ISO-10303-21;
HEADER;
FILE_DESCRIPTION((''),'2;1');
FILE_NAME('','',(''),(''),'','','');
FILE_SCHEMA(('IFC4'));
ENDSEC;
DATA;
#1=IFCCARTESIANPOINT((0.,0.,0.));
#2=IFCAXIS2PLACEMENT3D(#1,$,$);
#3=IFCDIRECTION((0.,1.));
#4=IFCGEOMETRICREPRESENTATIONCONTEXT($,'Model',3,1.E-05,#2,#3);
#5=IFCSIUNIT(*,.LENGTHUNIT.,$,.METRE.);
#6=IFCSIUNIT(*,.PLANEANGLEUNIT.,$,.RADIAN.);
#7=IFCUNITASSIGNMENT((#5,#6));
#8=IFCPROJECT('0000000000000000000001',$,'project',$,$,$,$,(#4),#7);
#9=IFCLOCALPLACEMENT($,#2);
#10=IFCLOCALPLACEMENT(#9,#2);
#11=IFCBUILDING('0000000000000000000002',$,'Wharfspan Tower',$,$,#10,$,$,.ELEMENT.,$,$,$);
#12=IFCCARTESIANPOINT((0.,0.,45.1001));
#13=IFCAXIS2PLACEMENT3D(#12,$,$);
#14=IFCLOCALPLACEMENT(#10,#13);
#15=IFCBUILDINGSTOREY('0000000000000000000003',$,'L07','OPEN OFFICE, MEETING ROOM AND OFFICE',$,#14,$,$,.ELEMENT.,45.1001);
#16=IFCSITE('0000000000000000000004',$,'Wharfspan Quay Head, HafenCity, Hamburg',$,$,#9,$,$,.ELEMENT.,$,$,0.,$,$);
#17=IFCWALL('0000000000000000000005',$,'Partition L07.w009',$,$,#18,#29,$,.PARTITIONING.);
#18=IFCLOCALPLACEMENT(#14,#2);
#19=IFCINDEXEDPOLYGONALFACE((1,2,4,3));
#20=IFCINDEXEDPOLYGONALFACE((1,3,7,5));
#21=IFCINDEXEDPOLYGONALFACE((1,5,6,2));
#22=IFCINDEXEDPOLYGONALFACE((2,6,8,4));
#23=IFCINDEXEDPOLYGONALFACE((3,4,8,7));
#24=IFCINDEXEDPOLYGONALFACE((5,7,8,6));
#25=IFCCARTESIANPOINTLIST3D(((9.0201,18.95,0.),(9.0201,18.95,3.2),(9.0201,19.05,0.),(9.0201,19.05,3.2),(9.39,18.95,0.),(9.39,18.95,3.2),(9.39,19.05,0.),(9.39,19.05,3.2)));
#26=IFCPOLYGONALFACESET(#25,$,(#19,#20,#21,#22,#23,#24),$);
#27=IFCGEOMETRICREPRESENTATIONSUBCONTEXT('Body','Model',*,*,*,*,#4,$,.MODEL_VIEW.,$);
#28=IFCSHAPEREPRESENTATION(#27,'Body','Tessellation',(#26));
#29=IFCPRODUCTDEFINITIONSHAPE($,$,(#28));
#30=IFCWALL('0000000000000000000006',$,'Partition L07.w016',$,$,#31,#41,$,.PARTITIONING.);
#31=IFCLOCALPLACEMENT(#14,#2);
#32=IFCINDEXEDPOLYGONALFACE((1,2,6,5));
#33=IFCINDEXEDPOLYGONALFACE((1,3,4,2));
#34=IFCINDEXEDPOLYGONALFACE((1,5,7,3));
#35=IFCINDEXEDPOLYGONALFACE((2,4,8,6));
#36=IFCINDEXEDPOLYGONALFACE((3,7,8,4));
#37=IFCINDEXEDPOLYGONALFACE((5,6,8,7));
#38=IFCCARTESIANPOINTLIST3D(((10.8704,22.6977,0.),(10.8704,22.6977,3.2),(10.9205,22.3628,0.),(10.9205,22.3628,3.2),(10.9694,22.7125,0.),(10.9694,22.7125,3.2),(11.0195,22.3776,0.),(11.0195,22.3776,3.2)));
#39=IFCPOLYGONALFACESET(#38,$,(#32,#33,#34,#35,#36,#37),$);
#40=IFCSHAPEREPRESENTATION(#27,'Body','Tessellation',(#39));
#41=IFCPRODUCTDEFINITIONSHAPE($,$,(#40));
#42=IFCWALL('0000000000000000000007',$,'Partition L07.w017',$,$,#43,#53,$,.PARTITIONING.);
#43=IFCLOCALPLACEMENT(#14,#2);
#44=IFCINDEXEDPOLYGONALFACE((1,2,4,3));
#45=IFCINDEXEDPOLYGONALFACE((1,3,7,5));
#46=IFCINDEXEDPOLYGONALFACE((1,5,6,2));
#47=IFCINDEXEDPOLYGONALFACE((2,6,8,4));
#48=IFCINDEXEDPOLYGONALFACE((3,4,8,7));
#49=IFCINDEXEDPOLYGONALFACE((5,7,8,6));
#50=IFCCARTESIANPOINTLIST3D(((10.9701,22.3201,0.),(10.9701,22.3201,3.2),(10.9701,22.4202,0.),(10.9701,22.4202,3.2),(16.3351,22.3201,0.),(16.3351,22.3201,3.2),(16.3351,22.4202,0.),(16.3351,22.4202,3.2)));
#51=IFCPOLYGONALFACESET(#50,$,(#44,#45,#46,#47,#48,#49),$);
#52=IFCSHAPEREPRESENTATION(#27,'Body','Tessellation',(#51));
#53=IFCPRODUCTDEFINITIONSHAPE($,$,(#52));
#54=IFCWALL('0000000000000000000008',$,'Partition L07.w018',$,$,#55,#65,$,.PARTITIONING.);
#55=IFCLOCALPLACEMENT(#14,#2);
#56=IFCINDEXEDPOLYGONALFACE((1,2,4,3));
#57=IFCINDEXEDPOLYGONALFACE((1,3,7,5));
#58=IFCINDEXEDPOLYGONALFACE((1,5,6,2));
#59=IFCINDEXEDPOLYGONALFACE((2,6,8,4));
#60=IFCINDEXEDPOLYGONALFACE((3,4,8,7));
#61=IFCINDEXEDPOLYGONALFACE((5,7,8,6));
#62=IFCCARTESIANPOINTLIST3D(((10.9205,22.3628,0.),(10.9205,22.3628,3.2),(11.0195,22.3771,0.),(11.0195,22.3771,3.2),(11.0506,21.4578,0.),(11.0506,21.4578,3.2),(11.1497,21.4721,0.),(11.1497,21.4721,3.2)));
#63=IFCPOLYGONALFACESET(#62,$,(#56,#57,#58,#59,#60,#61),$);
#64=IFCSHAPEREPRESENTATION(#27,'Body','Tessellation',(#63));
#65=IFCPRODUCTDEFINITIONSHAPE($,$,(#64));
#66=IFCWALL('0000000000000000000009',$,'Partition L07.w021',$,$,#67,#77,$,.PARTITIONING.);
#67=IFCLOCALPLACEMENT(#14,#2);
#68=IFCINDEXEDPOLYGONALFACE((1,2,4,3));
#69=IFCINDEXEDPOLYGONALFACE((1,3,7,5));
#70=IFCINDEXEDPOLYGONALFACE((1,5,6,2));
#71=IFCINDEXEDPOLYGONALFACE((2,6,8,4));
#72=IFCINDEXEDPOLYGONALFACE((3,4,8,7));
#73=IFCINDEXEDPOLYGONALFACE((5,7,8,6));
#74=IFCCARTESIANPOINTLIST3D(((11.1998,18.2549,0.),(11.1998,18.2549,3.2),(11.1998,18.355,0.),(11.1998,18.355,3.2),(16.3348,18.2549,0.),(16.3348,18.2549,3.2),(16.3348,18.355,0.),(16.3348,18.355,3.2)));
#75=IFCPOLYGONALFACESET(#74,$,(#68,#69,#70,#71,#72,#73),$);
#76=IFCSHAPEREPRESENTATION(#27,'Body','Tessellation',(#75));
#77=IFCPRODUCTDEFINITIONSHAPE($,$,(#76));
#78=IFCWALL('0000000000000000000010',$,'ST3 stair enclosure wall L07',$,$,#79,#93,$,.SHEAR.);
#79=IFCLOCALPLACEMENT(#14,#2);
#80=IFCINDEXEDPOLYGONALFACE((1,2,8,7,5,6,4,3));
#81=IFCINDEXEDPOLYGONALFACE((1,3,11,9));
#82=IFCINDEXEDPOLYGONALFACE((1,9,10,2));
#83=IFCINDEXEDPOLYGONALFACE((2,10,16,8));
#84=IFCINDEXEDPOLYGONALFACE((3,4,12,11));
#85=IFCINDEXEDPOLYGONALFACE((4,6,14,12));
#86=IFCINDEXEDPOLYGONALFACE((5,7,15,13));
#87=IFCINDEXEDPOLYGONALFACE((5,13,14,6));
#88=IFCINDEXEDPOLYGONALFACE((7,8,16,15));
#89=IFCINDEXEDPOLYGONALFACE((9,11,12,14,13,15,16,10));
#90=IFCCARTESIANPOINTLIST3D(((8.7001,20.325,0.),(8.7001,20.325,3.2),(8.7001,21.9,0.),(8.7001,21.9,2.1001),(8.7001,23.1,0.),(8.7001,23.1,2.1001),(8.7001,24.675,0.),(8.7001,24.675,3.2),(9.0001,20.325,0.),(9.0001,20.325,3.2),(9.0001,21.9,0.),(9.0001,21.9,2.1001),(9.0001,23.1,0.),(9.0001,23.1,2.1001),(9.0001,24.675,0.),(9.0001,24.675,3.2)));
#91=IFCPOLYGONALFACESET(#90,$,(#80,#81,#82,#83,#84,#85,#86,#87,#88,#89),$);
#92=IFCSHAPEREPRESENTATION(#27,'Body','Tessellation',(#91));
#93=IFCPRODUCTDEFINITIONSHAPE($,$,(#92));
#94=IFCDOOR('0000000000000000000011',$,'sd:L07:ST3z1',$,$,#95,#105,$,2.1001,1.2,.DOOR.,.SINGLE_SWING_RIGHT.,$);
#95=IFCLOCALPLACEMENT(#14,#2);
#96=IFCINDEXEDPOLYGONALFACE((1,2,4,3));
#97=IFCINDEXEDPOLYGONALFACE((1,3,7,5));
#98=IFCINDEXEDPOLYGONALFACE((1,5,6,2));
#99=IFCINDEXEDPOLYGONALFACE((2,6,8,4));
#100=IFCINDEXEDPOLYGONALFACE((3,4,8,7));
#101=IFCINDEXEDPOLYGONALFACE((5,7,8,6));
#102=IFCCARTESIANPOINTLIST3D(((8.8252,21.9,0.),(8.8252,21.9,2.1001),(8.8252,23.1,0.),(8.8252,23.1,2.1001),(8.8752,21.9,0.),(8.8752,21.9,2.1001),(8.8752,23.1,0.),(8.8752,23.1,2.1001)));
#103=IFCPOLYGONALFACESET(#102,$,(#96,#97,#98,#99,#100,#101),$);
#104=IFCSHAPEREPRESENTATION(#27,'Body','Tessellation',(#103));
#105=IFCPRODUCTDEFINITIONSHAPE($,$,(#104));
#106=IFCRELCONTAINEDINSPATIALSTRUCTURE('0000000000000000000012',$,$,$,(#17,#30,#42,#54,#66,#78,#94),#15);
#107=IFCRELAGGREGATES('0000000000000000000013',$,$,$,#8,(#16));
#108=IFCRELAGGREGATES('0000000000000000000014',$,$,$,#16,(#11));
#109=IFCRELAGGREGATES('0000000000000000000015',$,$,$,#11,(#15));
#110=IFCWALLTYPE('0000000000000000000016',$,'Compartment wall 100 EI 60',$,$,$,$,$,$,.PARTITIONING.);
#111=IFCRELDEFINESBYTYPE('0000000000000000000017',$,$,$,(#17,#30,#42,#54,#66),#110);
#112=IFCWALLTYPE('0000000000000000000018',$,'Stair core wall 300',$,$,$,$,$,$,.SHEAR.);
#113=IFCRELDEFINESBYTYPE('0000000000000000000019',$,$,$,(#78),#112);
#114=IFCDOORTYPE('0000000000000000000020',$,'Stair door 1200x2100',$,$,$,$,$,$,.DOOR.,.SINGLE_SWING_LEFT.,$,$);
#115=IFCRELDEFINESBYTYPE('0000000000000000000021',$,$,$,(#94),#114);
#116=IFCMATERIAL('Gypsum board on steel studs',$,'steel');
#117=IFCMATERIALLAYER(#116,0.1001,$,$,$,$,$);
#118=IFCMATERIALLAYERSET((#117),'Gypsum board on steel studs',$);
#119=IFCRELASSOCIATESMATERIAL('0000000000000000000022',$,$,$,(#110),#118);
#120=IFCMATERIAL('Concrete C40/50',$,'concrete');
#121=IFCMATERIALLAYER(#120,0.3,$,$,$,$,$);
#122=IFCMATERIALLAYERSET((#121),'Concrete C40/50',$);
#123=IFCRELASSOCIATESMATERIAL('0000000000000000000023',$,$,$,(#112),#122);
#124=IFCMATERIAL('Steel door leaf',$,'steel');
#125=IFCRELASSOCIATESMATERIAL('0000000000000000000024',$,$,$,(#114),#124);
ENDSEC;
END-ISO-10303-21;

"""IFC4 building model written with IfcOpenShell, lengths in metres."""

from ifc_helpers import new_model, si_unit, direction, frame, frame_2d, origin, place, context, subcontext, project, spatial, rectangle, extrude, material, layer, layer_set, type_object, element, fill, save


model = new_model("IFC4")

# Units and contexts
model_context = context("Model", 3, precision=1e-05, world=origin(), true_north=direction((0.0, 1.0)))
body_context = subcontext(model_context, "Body", "Model", "MODEL_VIEW")
ifc_project = project(units=[si_unit("LENGTHUNIT", "METRE"), si_unit("PLANEANGLEUNIT", "RADIAN")], contexts=[model_context])

# Site, building, storey
site_placement = place(None, origin())
site = spatial("IfcSite", under=ifc_project, at=site_placement, Name="Wharfspan Quay Head, HafenCity, Hamburg", CompositionType="ELEMENT", RefElevation=0.0)
building_placement = place(site_placement, origin())
building = spatial("IfcBuilding", under=site, at=building_placement, Name="Wharfspan Tower", CompositionType="ELEMENT")
storey_placement = place(building_placement, frame((0.0, 0.0, 45.1001)))
storey = spatial("IfcBuildingStorey", under=building, at=storey_placement, Name="L07", Description="OPEN OFFICE, MEETING ROOM AND OFFICE", CompositionType="ELEMENT", Elevation=45.1001)

# Walls
ifc_material_1 = material(Name="Gypsum board on steel studs", Category="steel")
ifc_layer_1 = layer(ifc_material_1, 0.1001)
ifc_layer_set_1 = layer_set([ifc_layer_1], Name="Gypsum board on steel studs")
wall_type_1 = type_object("IfcWallType", Name="Compartment wall 100 EI 60", PredefinedType="PARTITIONING", material=ifc_layer_set_1)
wall_1_placement = place(storey_placement, frame((9.02, 19.0, 0.0), z_axis=(0.0, 0.0, 1.0), x_axis=(1.0, 0.0, 0.0)))
element("IfcWall", 1, at=wall_1_placement, inside=storey, type_object=wall_type_1, Name="Partition L07.w009", PredefinedType="PARTITIONING", context=body_context, shape_type="SweptSolid", body=[
    extrude(rectangle(XDim=0.3699, YDim=0.1001, at=frame_2d((0.1851, 0.0))), origin(), (0.0, 0.0, 1.0), 3.2),
])
wall_2_placement = place(storey_placement, frame((10.97, 22.3701, 0.0), z_axis=(0.0, 0.0, 1.0), x_axis=(-0.147776, 0.989018, 0.0)))
element("IfcWall", 2, at=wall_2_placement, inside=storey, type_object=wall_type_1, Name="Partition L07.w016", PredefinedType="PARTITIONING", context=body_context, shape_type="SweptSolid", body=[
    extrude(rectangle(XDim=0.3386, YDim=0.1001, at=frame_2d((0.1694, 0.0))), origin(), (0.0, 0.0, 1.0), 3.2),
])
wall_3_placement = place(storey_placement, frame((10.97, 22.3701, 0.0), z_axis=(0.0, 0.0, 1.0), x_axis=(1.0, 0.0, 0.0)))
element("IfcWall", 3, at=wall_3_placement, inside=storey, type_object=wall_type_1, Name="Partition L07.w017", PredefinedType="PARTITIONING", context=body_context, shape_type="SweptSolid", body=[
    extrude(rectangle(XDim=5.365, YDim=0.1001, at=frame_2d((2.6826, 0.0))), origin(), (0.0, 0.0, 1.0), 3.2),
])
wall_4_placement = place(storey_placement, frame((11.1001, 21.4651, 0.0), z_axis=(0.0, 0.0, 1.0), x_axis=(-0.142318, 0.989818, 0.0)))
element("IfcWall", 4, at=wall_4_placement, inside=storey, type_object=wall_type_1, Name="Partition L07.w018", PredefinedType="PARTITIONING", context=body_context, shape_type="SweptSolid", body=[
    extrude(rectangle(XDim=0.9143, YDim=0.1001, at=frame_2d((0.457, 0.0))), origin(), (0.0, 0.0, 1.0), 3.2),
])
wall_5_placement = place(storey_placement, frame((11.2, 18.3049, 0.0), z_axis=(0.0, 0.0, 1.0), x_axis=(1.0, 0.0, 0.0)))
element("IfcWall", 5, at=wall_5_placement, inside=storey, type_object=wall_type_1, Name="Partition L07.w021", PredefinedType="PARTITIONING", context=body_context, shape_type="SweptSolid", body=[
    extrude(rectangle(XDim=5.135, YDim=0.1001, at=frame_2d((2.5674, 0.0))), origin(), (0.0, 0.0, 1.0), 3.2),
])

# Wall, opening, door
ifc_material_2 = material(Name="Concrete C40/50", Category="concrete")
ifc_layer_2 = layer(ifc_material_2, 0.3)
ifc_layer_set_2 = layer_set([ifc_layer_2], Name="Concrete C40/50")
wall_type_2 = type_object("IfcWallType", Name="Stair core wall 300", PredefinedType="SHEAR", material=ifc_layer_set_2)
wall_6_placement = place(storey_placement, frame((8.8501, 20.325, 0.0), z_axis=(0.0, 0.0, 1.0), x_axis=(0.0, 1.0, 0.0)))
wall_6 = element("IfcWall", 6, at=wall_6_placement, inside=storey, type_object=wall_type_2, Name="ST3 stair enclosure wall L07", PredefinedType="SHEAR", context=body_context, shape_type="SweptSolid", body=[
    extrude(rectangle(XDim=4.3501, YDim=0.3, at=frame_2d((2.175, 0.0))), origin(), (0.0, 0.0, 1.0), 3.2),
])
opening_placement = place(wall_6_placement, frame((1.575, 0.0, 0.0)))
opening = element("IfcOpeningElement", 7, at=opening_placement, cuts=wall_6, PredefinedType="OPENING", context=body_context, shape_type="SweptSolid", body=[
    extrude(rectangle(XDim=1.2, YDim=2.1001, at=frame_2d((0.6001, 1.05))), frame((0.0, 0.1599, 0.0), z_axis=(0.0, -1.0, 0.0), x_axis=(1.0, 0.0, 0.0)), (0.0, 0.0, 1.0), 0.3201),
])
ifc_material_3 = material(Name="Steel door leaf", Category="steel")
door_type = type_object("IfcDoorType", Name="Stair door 1200x2100", OperationType="SINGLE_SWING_LEFT", PredefinedType="DOOR", material=ifc_material_3)
door_placement = place(opening_placement, origin())
door = element("IfcDoor", 8, at=door_placement, inside=storey, type_object=door_type, Name="sd:L07:ST3z1", OperationType="SINGLE_SWING_RIGHT", OverallHeight=2.1001, OverallWidth=1.2, PredefinedType="DOOR", context=body_context, shape_type="SweptSolid", body=[
    extrude(rectangle(XDim=1.2, YDim=2.1001, at=frame_2d((0.6001, 1.05))), frame((0.0, 0.0249, 0.0), z_axis=(0.0, -1.0, 0.0), x_axis=(1.0, 0.0, 0.0)), (0.0, 0.0, 1.0), 0.05),
])
fill(opening, door)

save(model, "model.ifc")
